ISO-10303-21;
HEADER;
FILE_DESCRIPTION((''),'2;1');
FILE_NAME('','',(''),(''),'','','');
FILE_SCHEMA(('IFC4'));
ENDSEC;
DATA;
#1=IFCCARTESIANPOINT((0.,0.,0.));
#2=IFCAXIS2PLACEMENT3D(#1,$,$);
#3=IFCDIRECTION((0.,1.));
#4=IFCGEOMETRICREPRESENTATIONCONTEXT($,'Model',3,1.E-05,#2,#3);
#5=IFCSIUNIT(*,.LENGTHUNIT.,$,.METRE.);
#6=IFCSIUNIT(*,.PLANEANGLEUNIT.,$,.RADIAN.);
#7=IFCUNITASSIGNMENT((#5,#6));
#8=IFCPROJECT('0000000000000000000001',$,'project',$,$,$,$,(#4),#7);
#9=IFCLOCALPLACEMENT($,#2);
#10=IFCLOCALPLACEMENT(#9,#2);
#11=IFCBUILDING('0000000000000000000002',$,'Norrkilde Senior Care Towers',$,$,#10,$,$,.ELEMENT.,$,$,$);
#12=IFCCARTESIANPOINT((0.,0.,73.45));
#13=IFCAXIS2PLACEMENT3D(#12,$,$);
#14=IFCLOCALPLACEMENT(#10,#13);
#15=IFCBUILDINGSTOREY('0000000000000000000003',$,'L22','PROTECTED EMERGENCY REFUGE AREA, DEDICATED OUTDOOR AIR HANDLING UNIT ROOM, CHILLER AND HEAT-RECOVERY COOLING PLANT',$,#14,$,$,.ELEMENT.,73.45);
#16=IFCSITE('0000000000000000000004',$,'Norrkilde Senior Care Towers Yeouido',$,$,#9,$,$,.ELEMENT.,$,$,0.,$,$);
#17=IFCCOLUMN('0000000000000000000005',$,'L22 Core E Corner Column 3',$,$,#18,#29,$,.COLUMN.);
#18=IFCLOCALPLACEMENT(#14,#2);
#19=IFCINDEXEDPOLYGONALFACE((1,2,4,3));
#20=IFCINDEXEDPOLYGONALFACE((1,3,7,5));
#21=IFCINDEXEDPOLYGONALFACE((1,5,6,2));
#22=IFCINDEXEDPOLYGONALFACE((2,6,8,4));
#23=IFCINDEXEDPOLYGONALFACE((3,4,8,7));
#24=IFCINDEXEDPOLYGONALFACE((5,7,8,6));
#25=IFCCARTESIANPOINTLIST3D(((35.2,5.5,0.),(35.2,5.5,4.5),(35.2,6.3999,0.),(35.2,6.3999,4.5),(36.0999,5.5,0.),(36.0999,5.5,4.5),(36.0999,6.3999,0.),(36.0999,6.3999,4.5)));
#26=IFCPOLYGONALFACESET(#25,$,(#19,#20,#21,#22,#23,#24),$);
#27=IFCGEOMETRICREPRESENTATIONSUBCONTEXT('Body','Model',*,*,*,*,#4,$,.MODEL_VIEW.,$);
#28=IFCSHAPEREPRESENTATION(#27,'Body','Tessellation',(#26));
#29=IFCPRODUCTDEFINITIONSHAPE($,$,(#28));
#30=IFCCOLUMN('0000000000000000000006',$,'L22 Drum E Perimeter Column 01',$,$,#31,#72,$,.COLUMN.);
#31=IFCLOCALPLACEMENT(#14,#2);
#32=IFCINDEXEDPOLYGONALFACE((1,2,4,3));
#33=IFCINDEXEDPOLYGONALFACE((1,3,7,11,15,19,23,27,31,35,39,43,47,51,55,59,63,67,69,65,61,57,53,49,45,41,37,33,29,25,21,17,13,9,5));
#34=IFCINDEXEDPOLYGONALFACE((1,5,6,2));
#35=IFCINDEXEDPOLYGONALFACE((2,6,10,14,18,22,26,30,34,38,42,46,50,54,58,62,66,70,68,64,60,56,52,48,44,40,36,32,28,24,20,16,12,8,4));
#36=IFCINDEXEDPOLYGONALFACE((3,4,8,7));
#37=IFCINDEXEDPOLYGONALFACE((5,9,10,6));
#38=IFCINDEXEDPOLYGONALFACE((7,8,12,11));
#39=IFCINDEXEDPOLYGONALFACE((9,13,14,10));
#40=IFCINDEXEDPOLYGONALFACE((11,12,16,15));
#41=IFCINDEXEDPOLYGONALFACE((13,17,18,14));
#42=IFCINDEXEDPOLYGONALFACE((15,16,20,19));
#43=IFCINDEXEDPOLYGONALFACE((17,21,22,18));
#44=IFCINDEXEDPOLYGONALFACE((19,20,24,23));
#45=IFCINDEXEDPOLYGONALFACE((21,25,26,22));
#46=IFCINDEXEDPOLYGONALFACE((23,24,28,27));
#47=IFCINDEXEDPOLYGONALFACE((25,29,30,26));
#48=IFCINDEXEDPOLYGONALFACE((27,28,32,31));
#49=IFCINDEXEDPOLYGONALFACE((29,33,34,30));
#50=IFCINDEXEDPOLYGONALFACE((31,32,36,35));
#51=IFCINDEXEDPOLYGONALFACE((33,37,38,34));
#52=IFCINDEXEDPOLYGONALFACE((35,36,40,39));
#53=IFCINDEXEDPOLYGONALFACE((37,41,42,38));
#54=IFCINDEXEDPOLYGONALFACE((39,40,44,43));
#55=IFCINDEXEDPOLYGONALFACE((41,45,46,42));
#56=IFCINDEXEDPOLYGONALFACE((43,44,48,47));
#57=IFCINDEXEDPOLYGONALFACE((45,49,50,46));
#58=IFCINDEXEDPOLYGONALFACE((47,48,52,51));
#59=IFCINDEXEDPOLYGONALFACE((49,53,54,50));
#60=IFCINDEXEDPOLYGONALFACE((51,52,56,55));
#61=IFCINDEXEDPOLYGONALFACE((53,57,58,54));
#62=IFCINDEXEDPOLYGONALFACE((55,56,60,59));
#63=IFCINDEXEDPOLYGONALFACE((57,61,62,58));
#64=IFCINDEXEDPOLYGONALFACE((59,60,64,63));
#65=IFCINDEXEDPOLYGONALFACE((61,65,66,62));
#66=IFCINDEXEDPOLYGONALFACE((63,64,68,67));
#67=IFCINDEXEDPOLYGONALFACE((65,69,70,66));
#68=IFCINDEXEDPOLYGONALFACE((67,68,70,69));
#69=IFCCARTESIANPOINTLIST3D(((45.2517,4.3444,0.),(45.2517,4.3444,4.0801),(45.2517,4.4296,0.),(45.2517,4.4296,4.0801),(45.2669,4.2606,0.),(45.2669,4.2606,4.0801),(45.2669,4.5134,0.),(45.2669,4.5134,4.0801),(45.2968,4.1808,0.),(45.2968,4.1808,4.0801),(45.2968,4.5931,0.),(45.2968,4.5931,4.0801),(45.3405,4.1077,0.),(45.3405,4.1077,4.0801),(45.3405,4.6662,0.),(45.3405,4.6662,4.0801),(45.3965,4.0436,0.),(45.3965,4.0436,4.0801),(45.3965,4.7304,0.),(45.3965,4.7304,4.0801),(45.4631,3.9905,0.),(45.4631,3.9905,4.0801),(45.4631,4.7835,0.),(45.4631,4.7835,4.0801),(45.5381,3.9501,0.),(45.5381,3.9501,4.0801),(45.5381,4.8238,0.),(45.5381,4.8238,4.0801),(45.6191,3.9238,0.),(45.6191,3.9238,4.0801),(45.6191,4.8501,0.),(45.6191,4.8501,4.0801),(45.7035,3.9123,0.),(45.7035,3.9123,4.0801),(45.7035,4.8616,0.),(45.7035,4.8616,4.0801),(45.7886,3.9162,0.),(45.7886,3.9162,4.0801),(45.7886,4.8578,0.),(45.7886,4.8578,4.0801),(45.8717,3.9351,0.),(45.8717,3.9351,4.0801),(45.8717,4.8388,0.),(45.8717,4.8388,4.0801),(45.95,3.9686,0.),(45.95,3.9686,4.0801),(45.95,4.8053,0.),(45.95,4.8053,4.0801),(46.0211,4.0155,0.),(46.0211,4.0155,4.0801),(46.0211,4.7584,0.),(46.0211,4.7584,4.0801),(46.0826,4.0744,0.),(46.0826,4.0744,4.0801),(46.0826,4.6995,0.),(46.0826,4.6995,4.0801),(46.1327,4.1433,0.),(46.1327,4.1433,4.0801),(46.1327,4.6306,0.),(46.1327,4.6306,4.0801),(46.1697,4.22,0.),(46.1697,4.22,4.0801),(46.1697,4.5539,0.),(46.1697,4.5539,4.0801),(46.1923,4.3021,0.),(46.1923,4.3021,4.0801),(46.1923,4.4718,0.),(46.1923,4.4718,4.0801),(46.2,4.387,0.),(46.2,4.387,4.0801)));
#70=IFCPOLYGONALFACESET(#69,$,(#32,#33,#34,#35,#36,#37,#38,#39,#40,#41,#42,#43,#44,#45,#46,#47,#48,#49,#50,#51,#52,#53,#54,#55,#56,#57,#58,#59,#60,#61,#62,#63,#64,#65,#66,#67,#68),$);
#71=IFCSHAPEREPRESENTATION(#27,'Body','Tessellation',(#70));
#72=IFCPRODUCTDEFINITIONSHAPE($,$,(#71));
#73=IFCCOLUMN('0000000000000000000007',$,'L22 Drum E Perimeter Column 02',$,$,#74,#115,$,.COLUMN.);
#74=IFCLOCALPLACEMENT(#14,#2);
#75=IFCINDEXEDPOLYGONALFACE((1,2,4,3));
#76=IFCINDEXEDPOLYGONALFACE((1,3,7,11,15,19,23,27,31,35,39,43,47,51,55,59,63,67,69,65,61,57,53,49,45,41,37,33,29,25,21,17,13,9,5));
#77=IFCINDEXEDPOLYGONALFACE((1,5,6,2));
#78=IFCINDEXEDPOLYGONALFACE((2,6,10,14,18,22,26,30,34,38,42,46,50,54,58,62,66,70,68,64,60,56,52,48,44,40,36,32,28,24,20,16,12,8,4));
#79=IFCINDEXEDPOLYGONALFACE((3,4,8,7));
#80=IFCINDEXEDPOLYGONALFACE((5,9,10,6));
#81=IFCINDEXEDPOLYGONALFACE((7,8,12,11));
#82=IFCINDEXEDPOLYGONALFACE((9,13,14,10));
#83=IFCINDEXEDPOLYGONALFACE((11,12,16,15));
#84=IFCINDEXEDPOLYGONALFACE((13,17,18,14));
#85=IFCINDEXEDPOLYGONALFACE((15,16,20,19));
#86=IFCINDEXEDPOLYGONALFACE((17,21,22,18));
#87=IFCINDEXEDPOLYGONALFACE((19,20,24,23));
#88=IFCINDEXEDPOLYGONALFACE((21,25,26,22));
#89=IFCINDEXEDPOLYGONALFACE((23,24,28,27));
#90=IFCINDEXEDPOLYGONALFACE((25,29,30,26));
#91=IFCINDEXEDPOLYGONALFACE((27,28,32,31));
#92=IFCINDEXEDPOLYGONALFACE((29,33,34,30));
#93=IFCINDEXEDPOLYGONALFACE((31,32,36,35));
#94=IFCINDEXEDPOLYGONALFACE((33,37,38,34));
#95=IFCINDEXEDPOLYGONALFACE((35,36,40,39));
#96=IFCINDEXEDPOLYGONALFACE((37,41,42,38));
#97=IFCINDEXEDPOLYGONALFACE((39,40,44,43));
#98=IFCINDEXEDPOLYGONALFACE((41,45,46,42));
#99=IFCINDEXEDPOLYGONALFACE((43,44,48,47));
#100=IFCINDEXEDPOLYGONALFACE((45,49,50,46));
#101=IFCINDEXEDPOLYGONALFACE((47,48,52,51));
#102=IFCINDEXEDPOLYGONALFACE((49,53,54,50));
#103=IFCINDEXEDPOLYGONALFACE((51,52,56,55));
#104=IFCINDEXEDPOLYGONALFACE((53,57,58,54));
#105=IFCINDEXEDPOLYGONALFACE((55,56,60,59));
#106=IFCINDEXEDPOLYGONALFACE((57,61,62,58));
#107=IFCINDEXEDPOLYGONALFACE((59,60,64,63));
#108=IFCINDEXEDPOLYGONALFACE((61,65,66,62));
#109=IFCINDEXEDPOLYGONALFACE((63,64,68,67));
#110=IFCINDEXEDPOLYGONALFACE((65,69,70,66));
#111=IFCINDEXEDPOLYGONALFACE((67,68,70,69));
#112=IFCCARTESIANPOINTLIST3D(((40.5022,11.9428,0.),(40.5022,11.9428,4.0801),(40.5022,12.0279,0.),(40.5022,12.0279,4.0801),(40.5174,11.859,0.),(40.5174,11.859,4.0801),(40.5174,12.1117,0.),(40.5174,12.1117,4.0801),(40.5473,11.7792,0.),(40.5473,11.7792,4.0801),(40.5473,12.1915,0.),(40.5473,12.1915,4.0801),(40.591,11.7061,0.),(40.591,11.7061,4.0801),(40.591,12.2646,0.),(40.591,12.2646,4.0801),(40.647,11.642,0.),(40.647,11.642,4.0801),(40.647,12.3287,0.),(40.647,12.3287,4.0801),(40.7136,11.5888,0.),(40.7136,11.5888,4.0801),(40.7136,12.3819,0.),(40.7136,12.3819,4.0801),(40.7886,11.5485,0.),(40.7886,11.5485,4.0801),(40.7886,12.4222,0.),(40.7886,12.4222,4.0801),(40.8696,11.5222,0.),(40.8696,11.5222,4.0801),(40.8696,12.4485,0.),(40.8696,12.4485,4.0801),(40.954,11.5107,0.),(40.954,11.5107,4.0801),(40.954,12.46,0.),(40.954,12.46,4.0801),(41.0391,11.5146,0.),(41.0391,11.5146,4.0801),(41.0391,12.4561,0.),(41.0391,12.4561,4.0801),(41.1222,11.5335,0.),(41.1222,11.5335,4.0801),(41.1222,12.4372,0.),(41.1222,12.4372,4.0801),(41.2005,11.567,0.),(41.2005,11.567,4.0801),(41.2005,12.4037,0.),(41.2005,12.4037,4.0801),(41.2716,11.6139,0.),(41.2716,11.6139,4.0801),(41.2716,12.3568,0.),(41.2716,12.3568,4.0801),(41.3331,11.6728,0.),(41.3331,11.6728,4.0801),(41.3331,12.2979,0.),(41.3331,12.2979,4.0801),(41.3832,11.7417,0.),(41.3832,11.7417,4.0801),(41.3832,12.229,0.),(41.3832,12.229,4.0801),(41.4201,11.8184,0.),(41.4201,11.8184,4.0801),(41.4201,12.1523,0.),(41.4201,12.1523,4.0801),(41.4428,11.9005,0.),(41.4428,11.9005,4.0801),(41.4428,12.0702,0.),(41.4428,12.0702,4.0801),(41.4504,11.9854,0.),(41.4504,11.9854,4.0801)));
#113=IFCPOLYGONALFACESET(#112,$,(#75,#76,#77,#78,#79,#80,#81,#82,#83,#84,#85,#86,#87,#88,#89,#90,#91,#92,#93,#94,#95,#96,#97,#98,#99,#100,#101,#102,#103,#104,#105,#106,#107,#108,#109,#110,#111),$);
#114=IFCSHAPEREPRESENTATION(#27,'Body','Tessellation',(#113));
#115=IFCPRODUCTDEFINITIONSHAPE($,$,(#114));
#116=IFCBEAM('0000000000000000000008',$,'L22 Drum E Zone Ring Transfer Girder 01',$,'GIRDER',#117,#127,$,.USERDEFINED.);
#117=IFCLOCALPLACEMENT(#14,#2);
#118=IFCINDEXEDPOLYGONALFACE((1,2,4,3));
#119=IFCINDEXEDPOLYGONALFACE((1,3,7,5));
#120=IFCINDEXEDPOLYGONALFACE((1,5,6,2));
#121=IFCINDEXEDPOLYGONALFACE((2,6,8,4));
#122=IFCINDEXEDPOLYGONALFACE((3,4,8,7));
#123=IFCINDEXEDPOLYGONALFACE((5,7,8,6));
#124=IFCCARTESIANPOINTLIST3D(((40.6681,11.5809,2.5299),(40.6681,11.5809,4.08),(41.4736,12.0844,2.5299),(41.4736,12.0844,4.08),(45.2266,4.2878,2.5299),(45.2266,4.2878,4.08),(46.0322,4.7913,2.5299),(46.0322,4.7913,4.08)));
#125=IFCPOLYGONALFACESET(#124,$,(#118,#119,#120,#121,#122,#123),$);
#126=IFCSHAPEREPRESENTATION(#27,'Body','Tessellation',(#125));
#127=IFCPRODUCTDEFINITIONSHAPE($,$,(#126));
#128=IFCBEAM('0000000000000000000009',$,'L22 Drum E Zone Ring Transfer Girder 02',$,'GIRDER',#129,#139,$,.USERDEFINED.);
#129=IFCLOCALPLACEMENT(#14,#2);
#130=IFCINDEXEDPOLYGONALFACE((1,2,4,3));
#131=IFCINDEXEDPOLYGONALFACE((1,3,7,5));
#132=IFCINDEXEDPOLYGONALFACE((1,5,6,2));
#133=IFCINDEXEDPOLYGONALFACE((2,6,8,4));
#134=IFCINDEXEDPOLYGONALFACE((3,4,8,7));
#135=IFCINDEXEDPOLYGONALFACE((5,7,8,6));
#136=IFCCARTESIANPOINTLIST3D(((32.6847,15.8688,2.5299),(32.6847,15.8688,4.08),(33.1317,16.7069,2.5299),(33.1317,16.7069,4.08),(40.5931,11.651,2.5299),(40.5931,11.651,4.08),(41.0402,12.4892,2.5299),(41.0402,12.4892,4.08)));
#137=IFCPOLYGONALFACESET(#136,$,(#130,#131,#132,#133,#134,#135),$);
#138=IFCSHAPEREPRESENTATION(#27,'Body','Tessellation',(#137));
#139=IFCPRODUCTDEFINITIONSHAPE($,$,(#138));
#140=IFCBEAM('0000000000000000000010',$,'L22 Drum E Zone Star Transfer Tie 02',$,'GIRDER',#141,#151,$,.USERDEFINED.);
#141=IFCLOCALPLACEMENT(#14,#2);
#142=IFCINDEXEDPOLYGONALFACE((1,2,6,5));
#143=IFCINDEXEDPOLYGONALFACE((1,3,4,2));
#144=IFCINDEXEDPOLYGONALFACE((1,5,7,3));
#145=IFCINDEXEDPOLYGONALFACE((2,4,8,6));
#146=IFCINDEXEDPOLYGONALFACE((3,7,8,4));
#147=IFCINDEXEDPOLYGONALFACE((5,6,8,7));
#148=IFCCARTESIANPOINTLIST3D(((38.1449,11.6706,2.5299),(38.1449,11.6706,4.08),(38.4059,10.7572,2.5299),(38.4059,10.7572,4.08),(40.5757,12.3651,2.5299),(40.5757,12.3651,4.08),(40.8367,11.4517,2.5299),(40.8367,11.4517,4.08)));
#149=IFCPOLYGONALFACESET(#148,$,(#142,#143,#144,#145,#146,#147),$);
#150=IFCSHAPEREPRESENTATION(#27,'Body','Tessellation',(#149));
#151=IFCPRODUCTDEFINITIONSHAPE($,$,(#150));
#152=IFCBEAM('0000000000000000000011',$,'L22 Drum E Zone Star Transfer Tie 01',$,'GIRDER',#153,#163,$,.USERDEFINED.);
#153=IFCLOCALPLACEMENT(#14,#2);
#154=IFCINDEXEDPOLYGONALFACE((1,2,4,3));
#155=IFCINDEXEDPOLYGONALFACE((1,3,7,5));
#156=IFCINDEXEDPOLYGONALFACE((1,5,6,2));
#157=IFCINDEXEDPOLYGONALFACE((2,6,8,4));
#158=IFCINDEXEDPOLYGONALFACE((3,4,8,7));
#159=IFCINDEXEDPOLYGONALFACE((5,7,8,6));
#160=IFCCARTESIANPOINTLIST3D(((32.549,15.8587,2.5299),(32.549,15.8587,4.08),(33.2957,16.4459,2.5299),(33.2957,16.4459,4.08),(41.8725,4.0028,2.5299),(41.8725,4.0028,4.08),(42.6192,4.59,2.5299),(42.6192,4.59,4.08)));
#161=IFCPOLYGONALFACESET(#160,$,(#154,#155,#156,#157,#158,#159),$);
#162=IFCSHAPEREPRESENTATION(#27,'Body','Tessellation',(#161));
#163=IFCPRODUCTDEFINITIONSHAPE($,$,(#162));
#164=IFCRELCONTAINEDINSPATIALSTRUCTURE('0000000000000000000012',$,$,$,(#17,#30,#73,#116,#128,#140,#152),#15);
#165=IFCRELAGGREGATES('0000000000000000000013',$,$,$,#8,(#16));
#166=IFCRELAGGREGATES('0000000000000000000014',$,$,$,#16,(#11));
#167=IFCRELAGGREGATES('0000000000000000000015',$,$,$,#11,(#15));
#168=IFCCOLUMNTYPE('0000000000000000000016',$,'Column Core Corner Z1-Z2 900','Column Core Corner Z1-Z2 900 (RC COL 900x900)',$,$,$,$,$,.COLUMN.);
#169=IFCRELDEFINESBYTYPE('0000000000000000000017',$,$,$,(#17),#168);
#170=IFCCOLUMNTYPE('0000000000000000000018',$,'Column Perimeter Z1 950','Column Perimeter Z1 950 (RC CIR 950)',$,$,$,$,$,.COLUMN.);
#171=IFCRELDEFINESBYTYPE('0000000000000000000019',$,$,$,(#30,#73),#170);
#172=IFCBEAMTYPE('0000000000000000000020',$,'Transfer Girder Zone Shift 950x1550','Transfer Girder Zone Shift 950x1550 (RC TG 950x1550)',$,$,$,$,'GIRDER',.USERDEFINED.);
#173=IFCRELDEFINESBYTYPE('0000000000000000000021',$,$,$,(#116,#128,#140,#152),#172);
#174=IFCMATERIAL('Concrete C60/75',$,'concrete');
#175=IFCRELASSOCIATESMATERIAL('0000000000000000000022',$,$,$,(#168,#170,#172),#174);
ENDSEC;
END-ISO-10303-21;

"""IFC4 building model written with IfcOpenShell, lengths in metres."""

from ifc_helpers import new_model, si_unit, direction, frame, origin, origin_2d, place, context, subcontext, project, spatial, rectangle, circle, extrude, source, transform, mapped, material, material_profile, profile_set, type_object, type_shapes, element, save


model = new_model("IFC4")

# Units and contexts
model_context = context("Model", 3, precision=1e-05, world=origin(), true_north=direction((0.0, 1.0)))
body_context = subcontext(model_context, "Body", "Model", "MODEL_VIEW")
ifc_project = project(units=[si_unit("LENGTHUNIT", "METRE"), si_unit("PLANEANGLEUNIT", "RADIAN")], contexts=[model_context])

# Site, building, storey
site_placement = place(None, origin())
site = spatial("IfcSite", under=ifc_project, at=site_placement, Name="Norrkilde Senior Care Towers Yeouido", CompositionType="ELEMENT", RefElevation=0.0)
building_placement = place(site_placement, origin())
building = spatial("IfcBuilding", under=site, at=building_placement, Name="Norrkilde Senior Care Towers", CompositionType="ELEMENT")
storey_placement = place(building_placement, frame((0.0, 0.0, 73.45)))
storey = spatial("IfcBuildingStorey", under=building, at=storey_placement, Name="L22", Description="PROTECTED EMERGENCY REFUGE AREA, DEDICATED OUTDOOR AIR HANDLING UNIT ROOM, CHILLER AND HEAT-RECOVERY COOLING PLANT", CompositionType="ELEMENT", Elevation=73.45)

# Columns
ifc_material_1 = material(Name="Concrete C60/75", Category="concrete")
ifc_material_profile_1 = material_profile(ifc_material_1, rectangle(XDim=0.8999, YDim=0.8999, at=origin_2d()), Name="RC COL 900x900")
ifc_profile_set_1 = profile_set([ifc_material_profile_1], Name="Concrete C60/75")
column_type_1 = type_object("IfcColumnType", Name="Column Core Corner Z1-Z2 900", Description="Column Core Corner Z1-Z2 900 (RC COL 900x900)", PredefinedType="COLUMN", material=ifc_profile_set_1)
shared_shape_1 = source(origin(), body_context, "Body", "SweptSolid", [
    extrude(rectangle(XDim=0.8999, YDim=0.8999, at=origin_2d()), origin(), (0.0, 0.0, 1.0), 4.5),
])
type_shapes(column_type_1, [shared_shape_1])
column_placement = place(storey_placement, frame((35.6499, 5.95, 0.0), z_axis=(0.0, 0.0, 1.0), x_axis=(1.0, 0.0, 0.0)))
element("IfcColumn", 1, at=column_placement, inside=storey, type_object=column_type_1, Name="L22 Core E Corner Column 3", PredefinedType="COLUMN", context=body_context, shape_type="MappedRepresentation", body=[
    mapped(shared_shape_1, transform((0.0, 0.0, 0.0), x_axis=(1.0, 0.0, 0.0), y_axis=(0.0, 1.0, 0.0), z_axis=(0.0, 0.0, 1.0), scale=1.0)),
])
ifc_material_profile_2 = material_profile(ifc_material_1, circle(Radius=0.4751, at=origin_2d()), Name="RC CIR 950")
ifc_profile_set_2 = profile_set([ifc_material_profile_2], Name="Concrete C60/75")
column_type_2 = type_object("IfcColumnType", Name="Column Perimeter Z1 950", Description="Column Perimeter Z1 950 (RC CIR 950)", PredefinedType="COLUMN", material=ifc_profile_set_2)
shared_shape_2 = source(origin(), body_context, "Body", "SweptSolid", [
    extrude(circle(Radius=0.4751, at=origin_2d()), origin(), (0.0, 0.0, 1.0), 4.0801),
])
type_shapes(column_type_2, [shared_shape_2])
for number, where, z_axis, x_axis, name in (
    (2, (45.7249, 4.387, 0.0), (0.0, 0.0, 1.0), (1.0, 0.0, 0.0), "L22 Drum E Perimeter Column 01"),
    (3, (40.9753, 11.9854, 0.0), (0.0, 0.0, 1.0), (1.0, 0.0, 0.0), "L22 Drum E Perimeter Column 02"),
):
    element("IfcColumn", number, at=place(storey_placement, frame(where, z_axis=z_axis, x_axis=x_axis)), inside=storey, type_object=column_type_2, Name=name, PredefinedType="COLUMN", context=body_context, shape_type="MappedRepresentation", body=[
        mapped(shared_shape_2, transform((0.0, 0.0, 0.0), x_axis=(1.0, 0.0, 0.0), y_axis=(0.0, 1.0, 0.0), z_axis=(0.0, 0.0, 1.0), scale=1.0)),
    ])

# Beams
ifc_material_profile_3 = material_profile(ifc_material_1, rectangle(XDim=0.95, YDim=1.55, at=origin_2d()), Name="RC TG 950x1550")
ifc_profile_set_3 = profile_set([ifc_material_profile_3], Name="Concrete C60/75")
beam_type = type_object("IfcBeamType", Name="Transfer Girder Zone Shift 950x1550", Description="Transfer Girder Zone Shift 950x1550 (RC TG 950x1550)", ElementType="GIRDER", PredefinedType="USERDEFINED", material=ifc_profile_set_3)
shared_shape_3 = source(origin(), body_context, "Body", "SweptSolid", [
    extrude(rectangle(XDim=0.95, YDim=1.55, at=origin_2d()), origin(), (0.0, 0.0, 1.0), 8.6006),
])
beam_1_placement = place(storey_placement, frame((45.6294, 4.5396, 3.3049), z_axis=(-0.530027, 0.847981, 0.0), x_axis=(-0.847981, -0.530027, 0.0)))
element("IfcBeam", 4, at=beam_1_placement, inside=storey, type_object=beam_type, Name="L22 Drum E Zone Ring Transfer Girder 01", ObjectType="GIRDER", PredefinedType="USERDEFINED", context=body_context, shape_type="MappedRepresentation", body=[
    mapped(shared_shape_3, transform((0.0, 0.0, 0.0), x_axis=(1.0, 0.0, 0.0), y_axis=(0.0, 1.0, 0.0), z_axis=(0.0, 0.0, 1.0), scale=1.0)),
])
shared_shape_4 = source(origin(), body_context, "Body", "SweptSolid", [
    extrude(rectangle(XDim=0.95, YDim=1.55, at=origin_2d()), origin(), (0.0, 0.0, 1.0), 8.9629),
])
beam_2_placement = place(storey_placement, frame((40.8167, 12.0701, 3.3049), z_axis=(-0.882356, 0.470583, 0.0), x_axis=(-0.470583, -0.882356, 0.0)))
element("IfcBeam", 5, at=beam_2_placement, inside=storey, type_object=beam_type, Name="L22 Drum E Zone Ring Transfer Girder 02", ObjectType="GIRDER", PredefinedType="USERDEFINED", context=body_context, shape_type="MappedRepresentation", body=[
    mapped(shared_shape_4, transform((0.0, 0.0, 0.0), x_axis=(1.0, 0.0, 0.0), y_axis=(0.0, 1.0, 0.0), z_axis=(0.0, 0.0, 1.0), scale=1.0)),
])
shared_shape_5 = source(origin(), body_context, "Body", "SweptSolid", [
    extrude(rectangle(XDim=0.95, YDim=1.55, at=origin_2d()), origin(), (0.0, 0.0, 1.0), 2.5281),
])
beam_3_placement = place(storey_placement, frame((38.2754, 11.2139, 3.3049), z_axis=(0.96152, 0.274734, 0.0), x_axis=(-0.274734, 0.96152, 0.0)))
element("IfcBeam", 6, at=beam_3_placement, inside=storey, type_object=beam_type, Name="L22 Drum E Zone Star Transfer Tie 02", ObjectType="GIRDER", PredefinedType="USERDEFINED", context=body_context, shape_type="MappedRepresentation", body=[
    mapped(shared_shape_5, transform((0.0, 0.0, 0.0), x_axis=(1.0, 0.0, 0.0), y_axis=(0.0, 1.0, 0.0), z_axis=(0.0, 0.0, 1.0), scale=1.0)),
])
shared_shape_6 = source(origin(), body_context, "Body", "SweptSolid", [
    extrude(rectangle(XDim=0.95, YDim=1.55, at=origin_2d()), origin(), (0.0, 0.0, 1.0), 15.0828),
])
type_shapes(beam_type, [shared_shape_3, shared_shape_4, shared_shape_5, shared_shape_6])
beam_4_placement = place(storey_placement, frame((42.2458, 4.2964, 3.3049), z_axis=(-0.618153, 0.786058, 0.0), x_axis=(-0.786058, -0.618153, 0.0)))
element("IfcBeam", 7, at=beam_4_placement, inside=storey, type_object=beam_type, Name="L22 Drum E Zone Star Transfer Tie 01", ObjectType="GIRDER", PredefinedType="USERDEFINED", context=body_context, shape_type="MappedRepresentation", body=[
    mapped(shared_shape_6, transform((0.0, 0.0, 0.0), x_axis=(1.0, 0.0, 0.0), y_axis=(0.0, 1.0, 0.0), z_axis=(0.0, 0.0, 1.0), scale=1.0)),
])

save(model, "model.ifc")
